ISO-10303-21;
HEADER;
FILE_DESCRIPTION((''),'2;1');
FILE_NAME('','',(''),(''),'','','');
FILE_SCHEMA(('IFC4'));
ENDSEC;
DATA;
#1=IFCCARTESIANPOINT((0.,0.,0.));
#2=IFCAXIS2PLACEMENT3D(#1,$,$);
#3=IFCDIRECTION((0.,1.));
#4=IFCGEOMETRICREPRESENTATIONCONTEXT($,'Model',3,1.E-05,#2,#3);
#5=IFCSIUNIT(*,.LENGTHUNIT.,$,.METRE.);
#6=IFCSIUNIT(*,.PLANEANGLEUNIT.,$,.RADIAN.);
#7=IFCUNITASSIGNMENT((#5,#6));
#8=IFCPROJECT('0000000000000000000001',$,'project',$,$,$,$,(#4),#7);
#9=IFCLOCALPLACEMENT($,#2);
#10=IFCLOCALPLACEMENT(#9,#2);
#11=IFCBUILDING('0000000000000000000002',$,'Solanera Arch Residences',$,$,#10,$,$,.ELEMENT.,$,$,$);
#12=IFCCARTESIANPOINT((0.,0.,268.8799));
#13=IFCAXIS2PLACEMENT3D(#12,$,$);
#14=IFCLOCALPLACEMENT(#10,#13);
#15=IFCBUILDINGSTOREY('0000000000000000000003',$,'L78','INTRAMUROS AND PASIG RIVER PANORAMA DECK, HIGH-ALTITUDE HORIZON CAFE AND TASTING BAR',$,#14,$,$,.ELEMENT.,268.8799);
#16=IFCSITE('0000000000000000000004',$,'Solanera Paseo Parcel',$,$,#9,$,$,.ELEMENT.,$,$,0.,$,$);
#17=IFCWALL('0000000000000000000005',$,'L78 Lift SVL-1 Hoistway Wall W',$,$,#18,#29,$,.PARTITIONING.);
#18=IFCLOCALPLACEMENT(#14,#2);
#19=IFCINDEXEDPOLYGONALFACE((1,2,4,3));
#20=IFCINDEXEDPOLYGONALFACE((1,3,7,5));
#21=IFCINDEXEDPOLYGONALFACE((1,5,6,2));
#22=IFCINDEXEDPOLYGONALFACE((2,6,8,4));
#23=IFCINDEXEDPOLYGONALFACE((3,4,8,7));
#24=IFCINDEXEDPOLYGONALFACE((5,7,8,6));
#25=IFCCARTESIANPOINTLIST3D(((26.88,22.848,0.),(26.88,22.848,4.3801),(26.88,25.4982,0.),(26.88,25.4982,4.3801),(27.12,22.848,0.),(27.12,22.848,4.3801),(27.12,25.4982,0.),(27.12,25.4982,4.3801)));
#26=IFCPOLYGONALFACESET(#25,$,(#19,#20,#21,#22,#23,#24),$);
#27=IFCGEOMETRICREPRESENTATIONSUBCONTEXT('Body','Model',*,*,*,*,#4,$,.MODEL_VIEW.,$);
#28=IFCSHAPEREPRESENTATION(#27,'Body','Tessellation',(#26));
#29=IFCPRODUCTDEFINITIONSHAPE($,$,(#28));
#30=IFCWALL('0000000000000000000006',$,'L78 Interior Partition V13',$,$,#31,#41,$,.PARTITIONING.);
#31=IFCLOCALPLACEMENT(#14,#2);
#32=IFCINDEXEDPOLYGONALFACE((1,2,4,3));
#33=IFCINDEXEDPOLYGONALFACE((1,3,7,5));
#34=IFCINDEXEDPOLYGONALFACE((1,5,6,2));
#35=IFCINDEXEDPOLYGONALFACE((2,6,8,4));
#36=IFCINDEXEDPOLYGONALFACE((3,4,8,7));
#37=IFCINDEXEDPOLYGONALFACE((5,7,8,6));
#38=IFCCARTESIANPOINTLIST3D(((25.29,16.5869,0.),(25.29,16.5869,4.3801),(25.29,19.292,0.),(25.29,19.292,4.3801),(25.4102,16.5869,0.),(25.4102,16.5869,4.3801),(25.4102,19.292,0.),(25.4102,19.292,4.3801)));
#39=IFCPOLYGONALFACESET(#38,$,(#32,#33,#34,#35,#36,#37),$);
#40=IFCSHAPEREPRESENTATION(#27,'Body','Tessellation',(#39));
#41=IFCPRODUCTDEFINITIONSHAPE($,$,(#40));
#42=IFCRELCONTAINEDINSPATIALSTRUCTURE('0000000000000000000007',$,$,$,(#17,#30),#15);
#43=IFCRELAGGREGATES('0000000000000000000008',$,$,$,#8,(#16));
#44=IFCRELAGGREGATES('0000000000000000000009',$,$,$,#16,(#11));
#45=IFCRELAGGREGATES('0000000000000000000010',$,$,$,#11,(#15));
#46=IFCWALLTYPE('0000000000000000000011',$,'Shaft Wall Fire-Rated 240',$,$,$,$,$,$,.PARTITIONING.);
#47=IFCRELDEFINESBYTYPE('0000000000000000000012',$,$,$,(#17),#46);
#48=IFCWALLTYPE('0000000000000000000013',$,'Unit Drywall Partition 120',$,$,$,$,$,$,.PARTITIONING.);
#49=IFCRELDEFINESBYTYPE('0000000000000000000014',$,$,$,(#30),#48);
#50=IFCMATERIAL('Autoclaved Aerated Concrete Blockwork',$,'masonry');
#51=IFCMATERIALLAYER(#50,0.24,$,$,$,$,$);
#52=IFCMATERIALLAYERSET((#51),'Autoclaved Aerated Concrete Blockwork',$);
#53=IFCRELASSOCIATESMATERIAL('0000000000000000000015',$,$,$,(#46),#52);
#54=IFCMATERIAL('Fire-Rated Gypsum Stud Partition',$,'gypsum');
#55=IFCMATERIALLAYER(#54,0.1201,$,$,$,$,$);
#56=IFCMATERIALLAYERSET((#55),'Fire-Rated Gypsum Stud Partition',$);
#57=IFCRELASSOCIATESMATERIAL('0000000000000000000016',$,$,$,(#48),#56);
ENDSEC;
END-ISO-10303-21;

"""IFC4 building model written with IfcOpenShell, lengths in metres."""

from ifc_helpers import new_model, si_unit, direction, frame, frame_2d, origin, place, context, subcontext, project, spatial, rectangle, extrude, material, layer, layer_set, type_object, element, save


model = new_model("IFC4")

# Units and contexts
model_context = context("Model", 3, precision=1e-05, world=origin(), true_north=direction((0.0, 1.0)))
body_context = subcontext(model_context, "Body", "Model", "MODEL_VIEW")
ifc_project = project(units=[si_unit("LENGTHUNIT", "METRE"), si_unit("PLANEANGLEUNIT", "RADIAN")], contexts=[model_context])

# Site, building, storey
site_placement = place(None, origin())
site = spatial("IfcSite", under=ifc_project, at=site_placement, Name="Solanera Paseo Parcel", CompositionType="ELEMENT", RefElevation=0.0)
building_placement = place(site_placement, origin())
building = spatial("IfcBuilding", under=site, at=building_placement, Name="Solanera Arch Residences", CompositionType="ELEMENT")
storey_placement = place(building_placement, frame((0.0, 0.0, 268.8799)))
storey = spatial("IfcBuildingStorey", under=building, at=storey_placement, Name="L78", Description="INTRAMUROS AND PASIG RIVER PANORAMA DECK, HIGH-ALTITUDE HORIZON CAFE AND TASTING BAR", CompositionType="ELEMENT", Elevation=268.8799)

# Walls
ifc_material_1 = material(Name="Autoclaved Aerated Concrete Blockwork", Category="masonry")
ifc_layer_1 = layer(ifc_material_1, 0.24)
ifc_layer_set_1 = layer_set([ifc_layer_1], Name="Autoclaved Aerated Concrete Blockwork")
wall_type_1 = type_object("IfcWallType", Name="Shaft Wall Fire-Rated 240", PredefinedType="PARTITIONING", material=ifc_layer_set_1)
wall_1_placement = place(storey_placement, frame((27.0, 22.8479, 0.0), z_axis=(0.0, 0.0, 1.0), x_axis=(0.0, 1.0, 0.0)))
element("IfcWall", 1, at=wall_1_placement, inside=storey, type_object=wall_type_1, Name="L78 Lift SVL-1 Hoistway Wall W", PredefinedType="PARTITIONING", context=body_context, shape_type="SweptSolid", body=[
    extrude(rectangle(XDim=2.6501, YDim=0.24, at=frame_2d((1.3252, 0.0))), origin(), (0.0, 0.0, 1.0), 4.3801),
])
ifc_material_2 = material(Name="Fire-Rated Gypsum Stud Partition", Category="gypsum")
ifc_layer_2 = layer(ifc_material_2, 0.1201)
ifc_layer_set_2 = layer_set([ifc_layer_2], Name="Fire-Rated Gypsum Stud Partition")
wall_type_2 = type_object("IfcWallType", Name="Unit Drywall Partition 120", PredefinedType="PARTITIONING", material=ifc_layer_set_2)
wall_2_placement = place(storey_placement, frame((25.3501, 16.5869, 0.0), z_axis=(0.0, 0.0, 1.0), x_axis=(0.0, 1.0, 0.0)))
element("IfcWall", 2, at=wall_2_placement, inside=storey, type_object=wall_type_2, Name="L78 Interior Partition V13", PredefinedType="PARTITIONING", context=body_context, shape_type="SweptSolid", body=[
    extrude(rectangle(XDim=2.7051, YDim=0.1201, at=frame_2d((1.3525, 0.0))), origin(), (0.0, 0.0, 1.0), 4.3801),
])

save(model, "model.ifc")
